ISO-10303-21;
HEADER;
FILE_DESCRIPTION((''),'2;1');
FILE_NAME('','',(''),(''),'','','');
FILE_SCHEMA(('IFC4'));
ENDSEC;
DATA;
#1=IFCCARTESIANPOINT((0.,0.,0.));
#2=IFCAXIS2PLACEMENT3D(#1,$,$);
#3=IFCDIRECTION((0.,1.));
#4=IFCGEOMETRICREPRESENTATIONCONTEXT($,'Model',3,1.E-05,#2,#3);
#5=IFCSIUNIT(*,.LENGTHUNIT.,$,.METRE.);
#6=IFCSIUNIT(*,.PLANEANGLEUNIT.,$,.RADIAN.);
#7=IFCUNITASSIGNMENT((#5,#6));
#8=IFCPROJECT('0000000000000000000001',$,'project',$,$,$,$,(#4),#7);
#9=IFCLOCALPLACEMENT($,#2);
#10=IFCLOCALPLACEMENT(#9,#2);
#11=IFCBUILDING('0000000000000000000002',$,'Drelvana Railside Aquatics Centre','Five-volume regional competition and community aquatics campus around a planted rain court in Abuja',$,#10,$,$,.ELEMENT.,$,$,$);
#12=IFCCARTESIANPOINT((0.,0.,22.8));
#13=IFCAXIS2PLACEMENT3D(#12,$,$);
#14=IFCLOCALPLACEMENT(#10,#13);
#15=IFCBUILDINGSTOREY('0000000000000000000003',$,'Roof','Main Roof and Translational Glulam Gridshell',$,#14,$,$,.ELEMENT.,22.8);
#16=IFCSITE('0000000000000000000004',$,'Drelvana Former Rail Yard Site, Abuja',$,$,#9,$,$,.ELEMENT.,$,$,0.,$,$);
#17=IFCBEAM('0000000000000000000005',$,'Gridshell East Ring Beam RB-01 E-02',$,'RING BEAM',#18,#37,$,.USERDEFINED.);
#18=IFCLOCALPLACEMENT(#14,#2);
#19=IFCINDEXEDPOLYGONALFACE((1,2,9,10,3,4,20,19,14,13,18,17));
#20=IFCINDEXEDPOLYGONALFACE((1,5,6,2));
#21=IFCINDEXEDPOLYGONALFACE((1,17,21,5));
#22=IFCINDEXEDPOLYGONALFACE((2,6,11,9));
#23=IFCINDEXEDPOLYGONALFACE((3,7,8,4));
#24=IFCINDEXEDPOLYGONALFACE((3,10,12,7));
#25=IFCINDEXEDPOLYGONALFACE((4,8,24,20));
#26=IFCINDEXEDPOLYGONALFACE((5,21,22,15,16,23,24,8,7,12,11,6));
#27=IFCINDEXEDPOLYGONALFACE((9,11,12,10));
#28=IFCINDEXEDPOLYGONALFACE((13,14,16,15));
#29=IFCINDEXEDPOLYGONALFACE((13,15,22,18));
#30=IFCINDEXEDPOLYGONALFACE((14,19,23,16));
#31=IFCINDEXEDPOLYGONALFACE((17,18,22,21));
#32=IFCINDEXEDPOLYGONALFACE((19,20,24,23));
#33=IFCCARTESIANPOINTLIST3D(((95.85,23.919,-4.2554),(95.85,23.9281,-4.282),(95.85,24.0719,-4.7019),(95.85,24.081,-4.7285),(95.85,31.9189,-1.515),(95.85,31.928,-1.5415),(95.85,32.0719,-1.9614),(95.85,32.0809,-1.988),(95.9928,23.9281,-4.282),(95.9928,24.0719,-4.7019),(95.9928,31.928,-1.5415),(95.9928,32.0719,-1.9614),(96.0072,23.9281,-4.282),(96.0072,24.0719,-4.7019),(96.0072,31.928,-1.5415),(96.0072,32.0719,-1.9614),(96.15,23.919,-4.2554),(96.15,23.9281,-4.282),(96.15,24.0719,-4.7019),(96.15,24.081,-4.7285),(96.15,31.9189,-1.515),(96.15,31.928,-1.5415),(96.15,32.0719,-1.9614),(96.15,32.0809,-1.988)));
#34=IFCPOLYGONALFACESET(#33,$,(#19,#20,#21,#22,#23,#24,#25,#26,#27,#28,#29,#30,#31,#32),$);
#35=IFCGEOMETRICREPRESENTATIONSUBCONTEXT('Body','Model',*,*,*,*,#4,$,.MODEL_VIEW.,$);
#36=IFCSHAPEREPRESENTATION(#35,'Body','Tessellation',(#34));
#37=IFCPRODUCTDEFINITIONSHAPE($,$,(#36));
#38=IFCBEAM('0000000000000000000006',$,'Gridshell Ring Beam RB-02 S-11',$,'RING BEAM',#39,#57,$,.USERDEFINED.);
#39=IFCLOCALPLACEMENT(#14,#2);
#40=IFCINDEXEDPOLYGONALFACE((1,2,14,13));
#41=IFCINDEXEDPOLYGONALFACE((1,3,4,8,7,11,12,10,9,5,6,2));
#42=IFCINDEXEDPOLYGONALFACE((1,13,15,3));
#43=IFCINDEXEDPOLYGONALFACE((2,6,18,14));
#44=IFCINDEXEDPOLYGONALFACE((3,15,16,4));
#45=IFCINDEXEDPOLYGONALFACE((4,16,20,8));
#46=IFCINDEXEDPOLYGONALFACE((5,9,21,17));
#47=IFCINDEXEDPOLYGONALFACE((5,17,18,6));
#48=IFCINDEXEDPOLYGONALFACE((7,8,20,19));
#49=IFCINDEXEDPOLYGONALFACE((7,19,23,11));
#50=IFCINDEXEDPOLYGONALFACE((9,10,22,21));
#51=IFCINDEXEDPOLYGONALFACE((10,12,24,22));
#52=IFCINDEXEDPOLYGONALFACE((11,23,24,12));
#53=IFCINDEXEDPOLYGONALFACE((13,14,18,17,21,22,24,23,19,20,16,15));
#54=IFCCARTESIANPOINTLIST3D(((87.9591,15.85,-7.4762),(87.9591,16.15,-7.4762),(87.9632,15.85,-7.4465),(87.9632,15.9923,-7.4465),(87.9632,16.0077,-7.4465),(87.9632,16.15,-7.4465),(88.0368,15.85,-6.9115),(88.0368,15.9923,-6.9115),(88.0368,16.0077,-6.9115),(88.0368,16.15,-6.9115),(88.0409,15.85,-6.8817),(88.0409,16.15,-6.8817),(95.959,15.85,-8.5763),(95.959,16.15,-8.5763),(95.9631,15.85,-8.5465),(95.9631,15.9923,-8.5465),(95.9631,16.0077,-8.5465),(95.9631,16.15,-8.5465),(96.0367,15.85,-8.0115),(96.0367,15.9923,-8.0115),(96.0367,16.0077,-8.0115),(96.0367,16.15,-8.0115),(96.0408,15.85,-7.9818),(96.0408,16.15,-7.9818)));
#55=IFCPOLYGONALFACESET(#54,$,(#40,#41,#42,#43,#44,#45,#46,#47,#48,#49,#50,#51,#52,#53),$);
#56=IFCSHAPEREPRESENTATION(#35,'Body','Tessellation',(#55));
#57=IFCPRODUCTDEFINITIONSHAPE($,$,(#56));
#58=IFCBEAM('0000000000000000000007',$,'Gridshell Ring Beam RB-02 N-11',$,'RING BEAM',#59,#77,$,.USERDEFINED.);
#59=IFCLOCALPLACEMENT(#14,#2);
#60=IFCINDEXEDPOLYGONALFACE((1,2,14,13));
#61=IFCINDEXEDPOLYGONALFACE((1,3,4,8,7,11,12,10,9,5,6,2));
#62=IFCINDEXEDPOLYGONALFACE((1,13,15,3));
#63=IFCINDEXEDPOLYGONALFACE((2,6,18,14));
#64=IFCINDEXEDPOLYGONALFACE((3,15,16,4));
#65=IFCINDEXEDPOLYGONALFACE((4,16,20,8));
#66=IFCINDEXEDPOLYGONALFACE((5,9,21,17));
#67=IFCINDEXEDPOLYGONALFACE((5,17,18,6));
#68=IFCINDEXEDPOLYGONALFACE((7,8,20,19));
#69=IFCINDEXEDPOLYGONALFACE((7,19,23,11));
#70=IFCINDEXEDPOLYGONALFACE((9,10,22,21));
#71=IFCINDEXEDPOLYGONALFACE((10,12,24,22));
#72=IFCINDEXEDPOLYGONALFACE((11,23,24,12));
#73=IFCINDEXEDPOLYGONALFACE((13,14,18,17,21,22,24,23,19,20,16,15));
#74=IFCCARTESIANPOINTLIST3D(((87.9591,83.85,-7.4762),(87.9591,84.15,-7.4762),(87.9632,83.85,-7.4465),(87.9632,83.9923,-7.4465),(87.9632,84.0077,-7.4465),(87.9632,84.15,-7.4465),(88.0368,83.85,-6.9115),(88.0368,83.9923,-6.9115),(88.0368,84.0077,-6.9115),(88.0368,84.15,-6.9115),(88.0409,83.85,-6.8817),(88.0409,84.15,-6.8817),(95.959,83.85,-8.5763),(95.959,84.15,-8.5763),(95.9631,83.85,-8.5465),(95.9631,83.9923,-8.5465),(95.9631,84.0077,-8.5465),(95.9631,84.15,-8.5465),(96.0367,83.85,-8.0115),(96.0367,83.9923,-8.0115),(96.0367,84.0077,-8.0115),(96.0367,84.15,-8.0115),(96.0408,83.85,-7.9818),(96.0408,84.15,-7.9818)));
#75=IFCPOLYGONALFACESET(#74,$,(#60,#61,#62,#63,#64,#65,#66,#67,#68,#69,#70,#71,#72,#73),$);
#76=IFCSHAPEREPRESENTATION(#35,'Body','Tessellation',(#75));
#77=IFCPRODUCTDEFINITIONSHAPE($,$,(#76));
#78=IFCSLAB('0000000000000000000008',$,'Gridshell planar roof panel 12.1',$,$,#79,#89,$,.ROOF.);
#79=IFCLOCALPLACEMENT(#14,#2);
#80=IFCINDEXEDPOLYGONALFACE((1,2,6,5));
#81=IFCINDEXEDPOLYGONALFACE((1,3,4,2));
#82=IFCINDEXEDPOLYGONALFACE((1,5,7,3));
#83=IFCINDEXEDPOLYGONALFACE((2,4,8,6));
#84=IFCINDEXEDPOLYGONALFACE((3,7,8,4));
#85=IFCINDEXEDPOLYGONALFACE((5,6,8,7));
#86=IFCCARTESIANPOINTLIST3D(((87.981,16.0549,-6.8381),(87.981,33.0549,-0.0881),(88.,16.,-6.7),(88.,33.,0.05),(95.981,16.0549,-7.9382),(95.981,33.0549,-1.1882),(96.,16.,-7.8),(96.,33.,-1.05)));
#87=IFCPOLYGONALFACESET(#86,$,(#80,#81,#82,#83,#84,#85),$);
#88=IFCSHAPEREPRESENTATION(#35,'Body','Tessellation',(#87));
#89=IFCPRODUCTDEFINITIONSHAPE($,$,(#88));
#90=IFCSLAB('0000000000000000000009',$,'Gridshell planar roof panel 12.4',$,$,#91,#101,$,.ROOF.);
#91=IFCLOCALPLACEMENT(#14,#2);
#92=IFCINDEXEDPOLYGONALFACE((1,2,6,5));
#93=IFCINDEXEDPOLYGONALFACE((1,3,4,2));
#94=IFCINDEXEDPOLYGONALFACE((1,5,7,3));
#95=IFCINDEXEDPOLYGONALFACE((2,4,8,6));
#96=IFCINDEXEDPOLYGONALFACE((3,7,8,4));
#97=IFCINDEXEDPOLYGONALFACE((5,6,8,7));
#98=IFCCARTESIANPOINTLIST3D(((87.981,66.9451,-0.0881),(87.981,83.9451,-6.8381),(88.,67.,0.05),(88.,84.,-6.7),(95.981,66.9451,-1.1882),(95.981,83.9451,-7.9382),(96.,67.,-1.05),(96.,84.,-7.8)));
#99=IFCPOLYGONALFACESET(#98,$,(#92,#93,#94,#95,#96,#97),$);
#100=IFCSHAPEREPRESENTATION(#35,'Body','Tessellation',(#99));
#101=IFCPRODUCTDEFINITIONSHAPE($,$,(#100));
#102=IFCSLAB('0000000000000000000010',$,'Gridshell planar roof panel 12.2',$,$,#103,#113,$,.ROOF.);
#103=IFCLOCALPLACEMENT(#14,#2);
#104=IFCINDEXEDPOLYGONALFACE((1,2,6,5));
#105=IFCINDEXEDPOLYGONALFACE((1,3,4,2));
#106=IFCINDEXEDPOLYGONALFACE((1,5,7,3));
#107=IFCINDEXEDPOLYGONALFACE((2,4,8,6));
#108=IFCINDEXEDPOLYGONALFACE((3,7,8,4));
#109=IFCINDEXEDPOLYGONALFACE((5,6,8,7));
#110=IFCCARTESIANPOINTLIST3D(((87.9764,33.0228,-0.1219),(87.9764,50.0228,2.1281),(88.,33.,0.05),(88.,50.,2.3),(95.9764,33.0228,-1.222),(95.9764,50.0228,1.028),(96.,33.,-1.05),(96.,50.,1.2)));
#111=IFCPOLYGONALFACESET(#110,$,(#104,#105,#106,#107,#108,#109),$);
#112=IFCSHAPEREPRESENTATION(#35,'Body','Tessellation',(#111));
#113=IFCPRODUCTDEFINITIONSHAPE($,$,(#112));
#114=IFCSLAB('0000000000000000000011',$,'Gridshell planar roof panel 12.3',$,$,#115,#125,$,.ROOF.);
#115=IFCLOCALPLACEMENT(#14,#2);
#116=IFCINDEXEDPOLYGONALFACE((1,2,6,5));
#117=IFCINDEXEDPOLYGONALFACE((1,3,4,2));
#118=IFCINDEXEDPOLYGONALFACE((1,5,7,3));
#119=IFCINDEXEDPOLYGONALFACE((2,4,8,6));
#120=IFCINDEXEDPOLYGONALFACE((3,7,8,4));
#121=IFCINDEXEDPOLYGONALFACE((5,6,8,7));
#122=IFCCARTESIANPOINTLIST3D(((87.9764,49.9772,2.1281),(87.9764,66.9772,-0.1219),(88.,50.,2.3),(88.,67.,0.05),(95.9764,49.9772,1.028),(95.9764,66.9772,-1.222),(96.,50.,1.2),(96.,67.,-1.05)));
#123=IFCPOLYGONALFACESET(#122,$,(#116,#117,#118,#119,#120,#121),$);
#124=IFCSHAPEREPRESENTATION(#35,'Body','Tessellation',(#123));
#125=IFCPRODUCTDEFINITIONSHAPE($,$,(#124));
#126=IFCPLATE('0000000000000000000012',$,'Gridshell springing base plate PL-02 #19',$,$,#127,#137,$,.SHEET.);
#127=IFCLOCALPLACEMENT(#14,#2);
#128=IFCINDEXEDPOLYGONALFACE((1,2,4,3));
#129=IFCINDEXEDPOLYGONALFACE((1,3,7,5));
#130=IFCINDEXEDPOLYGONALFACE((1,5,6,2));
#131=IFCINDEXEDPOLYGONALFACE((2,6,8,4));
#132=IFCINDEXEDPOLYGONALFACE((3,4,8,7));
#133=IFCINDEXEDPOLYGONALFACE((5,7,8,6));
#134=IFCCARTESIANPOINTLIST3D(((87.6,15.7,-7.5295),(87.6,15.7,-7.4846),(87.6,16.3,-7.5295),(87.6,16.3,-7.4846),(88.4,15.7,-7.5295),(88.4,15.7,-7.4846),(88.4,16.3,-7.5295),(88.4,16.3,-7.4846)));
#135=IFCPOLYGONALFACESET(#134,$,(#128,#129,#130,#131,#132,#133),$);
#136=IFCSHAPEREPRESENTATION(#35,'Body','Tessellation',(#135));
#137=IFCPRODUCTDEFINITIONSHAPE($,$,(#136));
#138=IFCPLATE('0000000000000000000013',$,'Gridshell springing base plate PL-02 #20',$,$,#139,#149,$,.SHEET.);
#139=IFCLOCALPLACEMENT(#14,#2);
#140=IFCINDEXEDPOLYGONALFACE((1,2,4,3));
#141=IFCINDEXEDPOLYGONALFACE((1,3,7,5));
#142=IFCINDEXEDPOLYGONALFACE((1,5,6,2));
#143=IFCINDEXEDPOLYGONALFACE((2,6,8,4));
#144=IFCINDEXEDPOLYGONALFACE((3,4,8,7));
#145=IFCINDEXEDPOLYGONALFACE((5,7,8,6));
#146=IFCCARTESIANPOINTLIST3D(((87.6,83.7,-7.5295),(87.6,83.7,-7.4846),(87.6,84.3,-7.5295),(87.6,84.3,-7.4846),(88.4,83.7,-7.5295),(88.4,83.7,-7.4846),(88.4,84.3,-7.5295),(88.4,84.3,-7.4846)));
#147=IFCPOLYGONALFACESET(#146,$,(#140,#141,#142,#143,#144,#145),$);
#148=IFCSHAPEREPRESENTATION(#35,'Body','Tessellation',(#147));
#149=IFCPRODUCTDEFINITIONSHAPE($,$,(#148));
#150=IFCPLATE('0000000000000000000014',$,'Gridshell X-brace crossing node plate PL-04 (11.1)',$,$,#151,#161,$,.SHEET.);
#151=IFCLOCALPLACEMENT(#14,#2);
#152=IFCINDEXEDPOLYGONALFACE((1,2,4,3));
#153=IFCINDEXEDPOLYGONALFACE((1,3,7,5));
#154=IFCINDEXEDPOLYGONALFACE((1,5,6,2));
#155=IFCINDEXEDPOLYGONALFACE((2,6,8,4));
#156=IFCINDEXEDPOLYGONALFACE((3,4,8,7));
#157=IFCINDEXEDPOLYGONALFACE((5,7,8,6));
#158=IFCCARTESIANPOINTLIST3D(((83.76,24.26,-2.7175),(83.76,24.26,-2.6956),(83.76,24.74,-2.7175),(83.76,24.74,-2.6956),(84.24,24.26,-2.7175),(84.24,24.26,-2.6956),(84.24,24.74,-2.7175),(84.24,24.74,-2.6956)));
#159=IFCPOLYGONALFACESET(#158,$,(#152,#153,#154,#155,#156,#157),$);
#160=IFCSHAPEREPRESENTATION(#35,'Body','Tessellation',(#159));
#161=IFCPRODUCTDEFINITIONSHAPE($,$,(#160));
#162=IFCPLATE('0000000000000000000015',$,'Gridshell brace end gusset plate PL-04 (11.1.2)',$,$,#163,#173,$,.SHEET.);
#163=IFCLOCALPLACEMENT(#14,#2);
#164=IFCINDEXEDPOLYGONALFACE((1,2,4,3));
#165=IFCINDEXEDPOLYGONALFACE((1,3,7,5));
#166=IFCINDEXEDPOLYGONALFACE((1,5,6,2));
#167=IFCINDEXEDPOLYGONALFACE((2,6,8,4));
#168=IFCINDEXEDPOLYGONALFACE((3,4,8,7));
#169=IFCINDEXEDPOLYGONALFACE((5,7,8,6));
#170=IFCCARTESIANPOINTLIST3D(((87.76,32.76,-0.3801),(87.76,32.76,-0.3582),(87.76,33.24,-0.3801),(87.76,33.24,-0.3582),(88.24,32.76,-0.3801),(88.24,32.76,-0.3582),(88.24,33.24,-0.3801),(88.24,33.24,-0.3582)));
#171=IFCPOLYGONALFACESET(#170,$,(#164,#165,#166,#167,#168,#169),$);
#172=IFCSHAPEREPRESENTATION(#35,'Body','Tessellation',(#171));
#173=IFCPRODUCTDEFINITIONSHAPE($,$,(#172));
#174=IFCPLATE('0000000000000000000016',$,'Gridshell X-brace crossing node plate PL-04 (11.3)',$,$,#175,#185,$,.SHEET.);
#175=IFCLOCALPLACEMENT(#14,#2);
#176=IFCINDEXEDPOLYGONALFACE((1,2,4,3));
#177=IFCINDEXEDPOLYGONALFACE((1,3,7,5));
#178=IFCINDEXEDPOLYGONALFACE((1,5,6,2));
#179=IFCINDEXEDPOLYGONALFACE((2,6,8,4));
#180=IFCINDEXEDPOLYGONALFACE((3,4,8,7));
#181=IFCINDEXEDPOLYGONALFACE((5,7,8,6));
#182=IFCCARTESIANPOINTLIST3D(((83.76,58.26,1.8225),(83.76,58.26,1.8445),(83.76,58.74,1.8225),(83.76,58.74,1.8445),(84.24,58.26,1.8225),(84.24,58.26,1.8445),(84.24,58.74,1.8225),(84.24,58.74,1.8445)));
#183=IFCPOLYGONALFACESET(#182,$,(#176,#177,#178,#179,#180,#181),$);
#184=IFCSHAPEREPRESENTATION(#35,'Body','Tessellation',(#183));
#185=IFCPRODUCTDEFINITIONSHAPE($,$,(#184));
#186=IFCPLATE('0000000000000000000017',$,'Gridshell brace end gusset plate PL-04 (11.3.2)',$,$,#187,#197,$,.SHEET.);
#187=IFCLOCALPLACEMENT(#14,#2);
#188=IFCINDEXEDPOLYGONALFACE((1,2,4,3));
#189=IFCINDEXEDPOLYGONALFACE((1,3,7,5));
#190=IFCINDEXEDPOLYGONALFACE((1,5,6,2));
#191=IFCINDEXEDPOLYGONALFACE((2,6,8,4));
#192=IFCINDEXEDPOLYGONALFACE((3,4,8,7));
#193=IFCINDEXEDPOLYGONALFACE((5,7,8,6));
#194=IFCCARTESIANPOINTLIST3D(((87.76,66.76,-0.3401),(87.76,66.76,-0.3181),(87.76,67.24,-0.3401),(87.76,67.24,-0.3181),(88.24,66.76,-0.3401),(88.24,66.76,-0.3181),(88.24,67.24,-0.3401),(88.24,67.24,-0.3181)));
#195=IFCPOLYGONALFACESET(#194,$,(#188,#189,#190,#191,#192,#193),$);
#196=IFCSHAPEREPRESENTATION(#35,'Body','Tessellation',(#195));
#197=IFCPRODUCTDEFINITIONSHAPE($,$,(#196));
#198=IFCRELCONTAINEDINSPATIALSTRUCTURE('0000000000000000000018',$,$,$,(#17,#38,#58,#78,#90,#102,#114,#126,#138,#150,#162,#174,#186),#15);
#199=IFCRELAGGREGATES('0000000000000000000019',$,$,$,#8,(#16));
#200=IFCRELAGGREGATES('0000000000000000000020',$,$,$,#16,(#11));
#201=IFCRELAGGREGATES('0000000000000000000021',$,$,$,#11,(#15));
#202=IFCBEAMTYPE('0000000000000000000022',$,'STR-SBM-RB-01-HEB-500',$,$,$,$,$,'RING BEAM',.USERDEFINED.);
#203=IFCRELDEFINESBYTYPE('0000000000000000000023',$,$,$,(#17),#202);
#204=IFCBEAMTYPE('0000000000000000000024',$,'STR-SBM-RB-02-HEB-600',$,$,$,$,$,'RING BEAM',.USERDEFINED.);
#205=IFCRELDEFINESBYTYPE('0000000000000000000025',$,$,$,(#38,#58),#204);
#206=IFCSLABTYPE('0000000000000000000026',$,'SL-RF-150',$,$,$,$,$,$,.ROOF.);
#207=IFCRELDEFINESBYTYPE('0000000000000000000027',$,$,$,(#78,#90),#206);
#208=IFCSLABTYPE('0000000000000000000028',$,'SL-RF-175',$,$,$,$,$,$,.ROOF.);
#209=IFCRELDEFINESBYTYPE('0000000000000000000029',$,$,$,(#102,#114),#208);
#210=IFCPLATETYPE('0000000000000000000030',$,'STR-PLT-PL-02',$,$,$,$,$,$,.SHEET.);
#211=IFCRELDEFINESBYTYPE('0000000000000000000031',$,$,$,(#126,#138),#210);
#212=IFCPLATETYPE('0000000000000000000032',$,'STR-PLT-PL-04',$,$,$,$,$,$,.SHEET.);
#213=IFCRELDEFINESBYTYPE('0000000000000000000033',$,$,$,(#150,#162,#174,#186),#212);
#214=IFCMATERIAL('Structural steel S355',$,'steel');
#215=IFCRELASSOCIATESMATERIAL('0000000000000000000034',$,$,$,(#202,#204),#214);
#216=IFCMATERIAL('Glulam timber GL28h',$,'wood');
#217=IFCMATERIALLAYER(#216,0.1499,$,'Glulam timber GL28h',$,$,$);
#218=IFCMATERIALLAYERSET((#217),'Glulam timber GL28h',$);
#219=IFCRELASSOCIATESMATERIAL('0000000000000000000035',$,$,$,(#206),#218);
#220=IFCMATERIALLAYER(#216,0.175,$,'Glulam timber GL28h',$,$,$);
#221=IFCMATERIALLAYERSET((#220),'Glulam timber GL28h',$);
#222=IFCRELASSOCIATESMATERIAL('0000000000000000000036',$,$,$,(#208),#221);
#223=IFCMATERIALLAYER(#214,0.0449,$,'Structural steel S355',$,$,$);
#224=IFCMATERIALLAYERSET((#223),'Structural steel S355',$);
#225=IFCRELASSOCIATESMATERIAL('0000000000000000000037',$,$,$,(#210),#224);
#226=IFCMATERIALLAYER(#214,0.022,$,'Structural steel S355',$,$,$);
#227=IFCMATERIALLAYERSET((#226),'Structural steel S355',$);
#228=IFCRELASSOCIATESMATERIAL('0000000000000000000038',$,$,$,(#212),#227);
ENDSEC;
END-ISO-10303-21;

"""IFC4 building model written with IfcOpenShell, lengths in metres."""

from ifc_helpers import new_model, si_unit, direction, frame, origin, origin_2d, place, context, subcontext, project, spatial, polyline, rectangle, i_section, outline, extrude, material, layer, layer_set, material_profile, profile_set, type_object, element, save


model = new_model("IFC4")

# Units and contexts
model_context = context("Model", 3, precision=1e-05, world=origin(), true_north=direction((0.0, 1.0)))
body_context = subcontext(model_context, "Body", "Model", "MODEL_VIEW")
ifc_project = project(units=[si_unit("LENGTHUNIT", "METRE"), si_unit("PLANEANGLEUNIT", "RADIAN")], contexts=[model_context])

# Site, building, storey
site_placement = place(None, origin())
site = spatial("IfcSite", under=ifc_project, at=site_placement, Name="Drelvana Former Rail Yard Site, Abuja", CompositionType="ELEMENT", RefElevation=0.0)
building_placement = place(site_placement, origin())
building = spatial("IfcBuilding", under=site, at=building_placement, Name="Drelvana Railside Aquatics Centre", Description="Five-volume regional competition and community aquatics campus around a planted rain court in Abuja", CompositionType="ELEMENT")
storey_placement = place(building_placement, frame((0.0, 0.0, 22.8)))
storey = spatial("IfcBuildingStorey", under=building, at=storey_placement, Name="Roof", Description="Main Roof and Translational Glulam Gridshell", CompositionType="ELEMENT", Elevation=22.8)

# Shared definitions
ifc_material_1 = material(Name="Glulam timber GL28h", Category="wood")

# Beams
ifc_material_2 = material(Name="Structural steel S355", Category="steel")
ifc_material_profile_1 = material_profile(ifc_material_2, i_section(OverallWidth=0.3, OverallDepth=0.5, WebThickness=0.0144, FlangeThickness=0.0281, at=origin_2d()), Name="HEB 500")
ifc_profile_set_1 = profile_set([ifc_material_profile_1], Name="Structural steel S355")
beam_type_1 = type_object("IfcBeamType", Name="STR-SBM-RB-01-HEB-500", ElementType="RING BEAM", PredefinedType="USERDEFINED", material=ifc_profile_set_1)
beam_1_placement = place(storey_placement, frame((96.0, 24.0, -4.4919), z_axis=(0.0, 0.946032, 0.324073), x_axis=(-1.0, 0.0, 0.0)))
element("IfcBeam", 1, at=beam_1_placement, inside=storey, type_object=beam_type_1, Name="Gridshell East Ring Beam RB-01 E-02", ObjectType="RING BEAM", PredefinedType="USERDEFINED", context=body_context, shape_type="SweptSolid", body=[
    extrude(i_section(OverallWidth=0.3, OverallDepth=0.5, WebThickness=0.0144, FlangeThickness=0.0281, at=origin_2d()), origin(), (0.0, 0.0, 1.0), 8.4563),
])
ifc_material_profile_2 = material_profile(ifc_material_2, i_section(OverallWidth=0.3, OverallDepth=0.6001, WebThickness=0.0154, FlangeThickness=0.03, at=origin_2d()), Name="HEB 600")
ifc_profile_set_2 = profile_set([ifc_material_profile_2], Name="Structural steel S355")
beam_type_2 = type_object("IfcBeamType", Name="STR-SBM-RB-02-HEB-600", ElementType="RING BEAM", PredefinedType="USERDEFINED", material=ifc_profile_set_2)
for number, where, z_axis, x_axis, name in (
    (2, (88.0, 16.0, -7.179), (0.990677, 0.0, -0.13623), (0.0, 1.0, 0.0), "Gridshell Ring Beam RB-02 S-11"),
    (3, (88.0, 84.0, -7.179), (0.990677, 0.0, -0.13623), (0.0, 1.0, 0.0), "Gridshell Ring Beam RB-02 N-11"),
):
    element("IfcBeam", number, at=place(storey_placement, frame(where, z_axis=z_axis, x_axis=x_axis)), inside=storey, type_object=beam_type_2, Name=name, ObjectType="RING BEAM", PredefinedType="USERDEFINED", context=body_context, shape_type="SweptSolid", body=[
        extrude(i_section(OverallWidth=0.3, OverallDepth=0.6001, WebThickness=0.0154, FlangeThickness=0.03, at=origin_2d()), origin(), (0.0, 0.0, 1.0), 8.0752),
    ])

# Slabs
ifc_layer_1 = layer(ifc_material_1, 0.1499, Name="Glulam timber GL28h")
ifc_layer_set_1 = layer_set([ifc_layer_1], Name="Glulam timber GL28h")
slab_type_1 = type_object("IfcSlabType", Name="SL-RF-150", PredefinedType="ROOF", material=ifc_layer_set_1)
slab_1_placement = place(storey_placement, frame((88.0, 16.0, -6.7), z_axis=(0.126775, -0.366055, 0.921917), x_axis=(0.990677, 0.0, -0.13623)))
element("IfcSlab", 4, at=slab_1_placement, inside=storey, type_object=slab_type_1, Name="Gridshell planar roof panel 12.1", PredefinedType="ROOF", context=body_context, shape_type="SweptSolid", body=[
    extrude(outline(polyline([(0.0, 0.0), (8.0753, 0.0), (7.1557, 18.2679), (-0.9196, 18.2679), (0.0, 0.0)])), origin(), (0.0, 0.0, -1.0), 0.1499),
])
slab_2_placement = place(storey_placement, frame((88.0, 67.0, 0.05), z_axis=(0.126775, 0.366055, 0.921917), x_axis=(0.990677, 0.0, -0.13623)))
element("IfcSlab", 5, at=slab_2_placement, inside=storey, type_object=slab_type_1, Name="Gridshell planar roof panel 12.4", PredefinedType="ROOF", context=body_context, shape_type="SweptSolid", body=[
    extrude(outline(polyline([(0.0, 0.0), (8.0753, 0.0), (8.9948, 18.2679), (0.9196, 18.2679), (0.0, 0.0)])), origin(), (0.0, 0.0, -1.0), 0.1499),
])
ifc_layer_2 = layer(ifc_material_1, 0.175, Name="Glulam timber GL28h")
ifc_layer_set_2 = layer_set([ifc_layer_2], Name="Glulam timber GL28h")
slab_type_2 = type_object("IfcSlabType", Name="SL-RF-175", PredefinedType="ROOF", material=ifc_layer_set_2)
slab_3_placement = place(storey_placement, frame((88.0, 33.0, 0.05), z_axis=(0.135074, -0.130006, 0.98227), x_axis=(0.990677, 0.0, -0.13623)))
element("IfcSlab", 6, at=slab_3_placement, inside=storey, type_object=slab_type_2, Name="Gridshell planar roof panel 12.2", PredefinedType="ROOF", context=body_context, shape_type="SweptSolid", body=[
    extrude(outline(polyline([(0.0, 0.0), (8.0753, 0.0), (7.7688, 17.1455), (-0.3065, 17.1455), (0.0, 0.0)])), origin(), (0.0, 0.0, -1.0), 0.175),
])
slab_4_placement = place(storey_placement, frame((88.0, 50.0, 2.3), z_axis=(0.135074, 0.130006, 0.98227), x_axis=(0.990677, 0.0, -0.13623)))
element("IfcSlab", 7, at=slab_4_placement, inside=storey, type_object=slab_type_2, Name="Gridshell planar roof panel 12.3", PredefinedType="ROOF", context=body_context, shape_type="SweptSolid", body=[
    extrude(outline(polyline([(0.0, 0.0), (8.0753, 0.0), (8.3818, 17.1455), (0.3065, 17.1455), (0.0, 0.0)])), origin(), (0.0, 0.0, -1.0), 0.175),
])

# Plates
ifc_layer_3 = layer(ifc_material_2, 0.0449, Name="Structural steel S355")
ifc_layer_set_3 = layer_set([ifc_layer_3], Name="Structural steel S355")
plate_type_1 = type_object("IfcPlateType", Name="STR-PLT-PL-02", PredefinedType="SHEET", material=ifc_layer_set_3)
for number, where, z_axis, x_axis, name in (
    (8, (88.0, 16.0, -7.5295), (0.0, 0.0, 1.0), (1.0, 0.0, 0.0), "Gridshell springing base plate PL-02 #19"),
    (9, (88.0, 84.0, -7.5295), (0.0, 0.0, 1.0), (1.0, 0.0, 0.0), "Gridshell springing base plate PL-02 #20"),
):
    element("IfcPlate", number, at=place(storey_placement, frame(where, z_axis=z_axis, x_axis=x_axis)), inside=storey, type_object=plate_type_1, Name=name, PredefinedType="SHEET", context=body_context, shape_type="SweptSolid", body=[
        extrude(rectangle(XDim=0.8, YDim=0.6001, at=origin_2d()), origin(), (0.0, 0.0, 1.0), 0.0449),
    ])
ifc_layer_4 = layer(ifc_material_2, 0.022, Name="Structural steel S355")
ifc_layer_set_4 = layer_set([ifc_layer_4], Name="Structural steel S355")
plate_type_2 = type_object("IfcPlateType", Name="STR-PLT-PL-04", PredefinedType="SHEET", material=ifc_layer_set_4)
for number, where, z_axis, x_axis, name in (
    (10, (84.0, 24.5, -2.7175), (0.0, 0.0, 1.0), (1.0, 0.0, 0.0), "Gridshell X-brace crossing node plate PL-04 (11.1)"),
    (11, (88.0, 33.0, -0.3801), (0.0, 0.0, 1.0), (1.0, 0.0, 0.0), "Gridshell brace end gusset plate PL-04 (11.1.2)"),
    (12, (84.0, 58.5, 1.8225), (0.0, 0.0, 1.0), (1.0, 0.0, 0.0), "Gridshell X-brace crossing node plate PL-04 (11.3)"),
    (13, (88.0, 67.0, -0.3401), (0.0, 0.0, 1.0), (1.0, 0.0, 0.0), "Gridshell brace end gusset plate PL-04 (11.3.2)"),
):
    element("IfcPlate", number, at=place(storey_placement, frame(where, z_axis=z_axis, x_axis=x_axis)), inside=storey, type_object=plate_type_2, Name=name, PredefinedType="SHEET", context=body_context, shape_type="SweptSolid", body=[
        extrude(rectangle(XDim=0.48, YDim=0.48, at=origin_2d()), origin(), (0.0, 0.0, 1.0), 0.022),
    ])

save(model, "model.ifc")
